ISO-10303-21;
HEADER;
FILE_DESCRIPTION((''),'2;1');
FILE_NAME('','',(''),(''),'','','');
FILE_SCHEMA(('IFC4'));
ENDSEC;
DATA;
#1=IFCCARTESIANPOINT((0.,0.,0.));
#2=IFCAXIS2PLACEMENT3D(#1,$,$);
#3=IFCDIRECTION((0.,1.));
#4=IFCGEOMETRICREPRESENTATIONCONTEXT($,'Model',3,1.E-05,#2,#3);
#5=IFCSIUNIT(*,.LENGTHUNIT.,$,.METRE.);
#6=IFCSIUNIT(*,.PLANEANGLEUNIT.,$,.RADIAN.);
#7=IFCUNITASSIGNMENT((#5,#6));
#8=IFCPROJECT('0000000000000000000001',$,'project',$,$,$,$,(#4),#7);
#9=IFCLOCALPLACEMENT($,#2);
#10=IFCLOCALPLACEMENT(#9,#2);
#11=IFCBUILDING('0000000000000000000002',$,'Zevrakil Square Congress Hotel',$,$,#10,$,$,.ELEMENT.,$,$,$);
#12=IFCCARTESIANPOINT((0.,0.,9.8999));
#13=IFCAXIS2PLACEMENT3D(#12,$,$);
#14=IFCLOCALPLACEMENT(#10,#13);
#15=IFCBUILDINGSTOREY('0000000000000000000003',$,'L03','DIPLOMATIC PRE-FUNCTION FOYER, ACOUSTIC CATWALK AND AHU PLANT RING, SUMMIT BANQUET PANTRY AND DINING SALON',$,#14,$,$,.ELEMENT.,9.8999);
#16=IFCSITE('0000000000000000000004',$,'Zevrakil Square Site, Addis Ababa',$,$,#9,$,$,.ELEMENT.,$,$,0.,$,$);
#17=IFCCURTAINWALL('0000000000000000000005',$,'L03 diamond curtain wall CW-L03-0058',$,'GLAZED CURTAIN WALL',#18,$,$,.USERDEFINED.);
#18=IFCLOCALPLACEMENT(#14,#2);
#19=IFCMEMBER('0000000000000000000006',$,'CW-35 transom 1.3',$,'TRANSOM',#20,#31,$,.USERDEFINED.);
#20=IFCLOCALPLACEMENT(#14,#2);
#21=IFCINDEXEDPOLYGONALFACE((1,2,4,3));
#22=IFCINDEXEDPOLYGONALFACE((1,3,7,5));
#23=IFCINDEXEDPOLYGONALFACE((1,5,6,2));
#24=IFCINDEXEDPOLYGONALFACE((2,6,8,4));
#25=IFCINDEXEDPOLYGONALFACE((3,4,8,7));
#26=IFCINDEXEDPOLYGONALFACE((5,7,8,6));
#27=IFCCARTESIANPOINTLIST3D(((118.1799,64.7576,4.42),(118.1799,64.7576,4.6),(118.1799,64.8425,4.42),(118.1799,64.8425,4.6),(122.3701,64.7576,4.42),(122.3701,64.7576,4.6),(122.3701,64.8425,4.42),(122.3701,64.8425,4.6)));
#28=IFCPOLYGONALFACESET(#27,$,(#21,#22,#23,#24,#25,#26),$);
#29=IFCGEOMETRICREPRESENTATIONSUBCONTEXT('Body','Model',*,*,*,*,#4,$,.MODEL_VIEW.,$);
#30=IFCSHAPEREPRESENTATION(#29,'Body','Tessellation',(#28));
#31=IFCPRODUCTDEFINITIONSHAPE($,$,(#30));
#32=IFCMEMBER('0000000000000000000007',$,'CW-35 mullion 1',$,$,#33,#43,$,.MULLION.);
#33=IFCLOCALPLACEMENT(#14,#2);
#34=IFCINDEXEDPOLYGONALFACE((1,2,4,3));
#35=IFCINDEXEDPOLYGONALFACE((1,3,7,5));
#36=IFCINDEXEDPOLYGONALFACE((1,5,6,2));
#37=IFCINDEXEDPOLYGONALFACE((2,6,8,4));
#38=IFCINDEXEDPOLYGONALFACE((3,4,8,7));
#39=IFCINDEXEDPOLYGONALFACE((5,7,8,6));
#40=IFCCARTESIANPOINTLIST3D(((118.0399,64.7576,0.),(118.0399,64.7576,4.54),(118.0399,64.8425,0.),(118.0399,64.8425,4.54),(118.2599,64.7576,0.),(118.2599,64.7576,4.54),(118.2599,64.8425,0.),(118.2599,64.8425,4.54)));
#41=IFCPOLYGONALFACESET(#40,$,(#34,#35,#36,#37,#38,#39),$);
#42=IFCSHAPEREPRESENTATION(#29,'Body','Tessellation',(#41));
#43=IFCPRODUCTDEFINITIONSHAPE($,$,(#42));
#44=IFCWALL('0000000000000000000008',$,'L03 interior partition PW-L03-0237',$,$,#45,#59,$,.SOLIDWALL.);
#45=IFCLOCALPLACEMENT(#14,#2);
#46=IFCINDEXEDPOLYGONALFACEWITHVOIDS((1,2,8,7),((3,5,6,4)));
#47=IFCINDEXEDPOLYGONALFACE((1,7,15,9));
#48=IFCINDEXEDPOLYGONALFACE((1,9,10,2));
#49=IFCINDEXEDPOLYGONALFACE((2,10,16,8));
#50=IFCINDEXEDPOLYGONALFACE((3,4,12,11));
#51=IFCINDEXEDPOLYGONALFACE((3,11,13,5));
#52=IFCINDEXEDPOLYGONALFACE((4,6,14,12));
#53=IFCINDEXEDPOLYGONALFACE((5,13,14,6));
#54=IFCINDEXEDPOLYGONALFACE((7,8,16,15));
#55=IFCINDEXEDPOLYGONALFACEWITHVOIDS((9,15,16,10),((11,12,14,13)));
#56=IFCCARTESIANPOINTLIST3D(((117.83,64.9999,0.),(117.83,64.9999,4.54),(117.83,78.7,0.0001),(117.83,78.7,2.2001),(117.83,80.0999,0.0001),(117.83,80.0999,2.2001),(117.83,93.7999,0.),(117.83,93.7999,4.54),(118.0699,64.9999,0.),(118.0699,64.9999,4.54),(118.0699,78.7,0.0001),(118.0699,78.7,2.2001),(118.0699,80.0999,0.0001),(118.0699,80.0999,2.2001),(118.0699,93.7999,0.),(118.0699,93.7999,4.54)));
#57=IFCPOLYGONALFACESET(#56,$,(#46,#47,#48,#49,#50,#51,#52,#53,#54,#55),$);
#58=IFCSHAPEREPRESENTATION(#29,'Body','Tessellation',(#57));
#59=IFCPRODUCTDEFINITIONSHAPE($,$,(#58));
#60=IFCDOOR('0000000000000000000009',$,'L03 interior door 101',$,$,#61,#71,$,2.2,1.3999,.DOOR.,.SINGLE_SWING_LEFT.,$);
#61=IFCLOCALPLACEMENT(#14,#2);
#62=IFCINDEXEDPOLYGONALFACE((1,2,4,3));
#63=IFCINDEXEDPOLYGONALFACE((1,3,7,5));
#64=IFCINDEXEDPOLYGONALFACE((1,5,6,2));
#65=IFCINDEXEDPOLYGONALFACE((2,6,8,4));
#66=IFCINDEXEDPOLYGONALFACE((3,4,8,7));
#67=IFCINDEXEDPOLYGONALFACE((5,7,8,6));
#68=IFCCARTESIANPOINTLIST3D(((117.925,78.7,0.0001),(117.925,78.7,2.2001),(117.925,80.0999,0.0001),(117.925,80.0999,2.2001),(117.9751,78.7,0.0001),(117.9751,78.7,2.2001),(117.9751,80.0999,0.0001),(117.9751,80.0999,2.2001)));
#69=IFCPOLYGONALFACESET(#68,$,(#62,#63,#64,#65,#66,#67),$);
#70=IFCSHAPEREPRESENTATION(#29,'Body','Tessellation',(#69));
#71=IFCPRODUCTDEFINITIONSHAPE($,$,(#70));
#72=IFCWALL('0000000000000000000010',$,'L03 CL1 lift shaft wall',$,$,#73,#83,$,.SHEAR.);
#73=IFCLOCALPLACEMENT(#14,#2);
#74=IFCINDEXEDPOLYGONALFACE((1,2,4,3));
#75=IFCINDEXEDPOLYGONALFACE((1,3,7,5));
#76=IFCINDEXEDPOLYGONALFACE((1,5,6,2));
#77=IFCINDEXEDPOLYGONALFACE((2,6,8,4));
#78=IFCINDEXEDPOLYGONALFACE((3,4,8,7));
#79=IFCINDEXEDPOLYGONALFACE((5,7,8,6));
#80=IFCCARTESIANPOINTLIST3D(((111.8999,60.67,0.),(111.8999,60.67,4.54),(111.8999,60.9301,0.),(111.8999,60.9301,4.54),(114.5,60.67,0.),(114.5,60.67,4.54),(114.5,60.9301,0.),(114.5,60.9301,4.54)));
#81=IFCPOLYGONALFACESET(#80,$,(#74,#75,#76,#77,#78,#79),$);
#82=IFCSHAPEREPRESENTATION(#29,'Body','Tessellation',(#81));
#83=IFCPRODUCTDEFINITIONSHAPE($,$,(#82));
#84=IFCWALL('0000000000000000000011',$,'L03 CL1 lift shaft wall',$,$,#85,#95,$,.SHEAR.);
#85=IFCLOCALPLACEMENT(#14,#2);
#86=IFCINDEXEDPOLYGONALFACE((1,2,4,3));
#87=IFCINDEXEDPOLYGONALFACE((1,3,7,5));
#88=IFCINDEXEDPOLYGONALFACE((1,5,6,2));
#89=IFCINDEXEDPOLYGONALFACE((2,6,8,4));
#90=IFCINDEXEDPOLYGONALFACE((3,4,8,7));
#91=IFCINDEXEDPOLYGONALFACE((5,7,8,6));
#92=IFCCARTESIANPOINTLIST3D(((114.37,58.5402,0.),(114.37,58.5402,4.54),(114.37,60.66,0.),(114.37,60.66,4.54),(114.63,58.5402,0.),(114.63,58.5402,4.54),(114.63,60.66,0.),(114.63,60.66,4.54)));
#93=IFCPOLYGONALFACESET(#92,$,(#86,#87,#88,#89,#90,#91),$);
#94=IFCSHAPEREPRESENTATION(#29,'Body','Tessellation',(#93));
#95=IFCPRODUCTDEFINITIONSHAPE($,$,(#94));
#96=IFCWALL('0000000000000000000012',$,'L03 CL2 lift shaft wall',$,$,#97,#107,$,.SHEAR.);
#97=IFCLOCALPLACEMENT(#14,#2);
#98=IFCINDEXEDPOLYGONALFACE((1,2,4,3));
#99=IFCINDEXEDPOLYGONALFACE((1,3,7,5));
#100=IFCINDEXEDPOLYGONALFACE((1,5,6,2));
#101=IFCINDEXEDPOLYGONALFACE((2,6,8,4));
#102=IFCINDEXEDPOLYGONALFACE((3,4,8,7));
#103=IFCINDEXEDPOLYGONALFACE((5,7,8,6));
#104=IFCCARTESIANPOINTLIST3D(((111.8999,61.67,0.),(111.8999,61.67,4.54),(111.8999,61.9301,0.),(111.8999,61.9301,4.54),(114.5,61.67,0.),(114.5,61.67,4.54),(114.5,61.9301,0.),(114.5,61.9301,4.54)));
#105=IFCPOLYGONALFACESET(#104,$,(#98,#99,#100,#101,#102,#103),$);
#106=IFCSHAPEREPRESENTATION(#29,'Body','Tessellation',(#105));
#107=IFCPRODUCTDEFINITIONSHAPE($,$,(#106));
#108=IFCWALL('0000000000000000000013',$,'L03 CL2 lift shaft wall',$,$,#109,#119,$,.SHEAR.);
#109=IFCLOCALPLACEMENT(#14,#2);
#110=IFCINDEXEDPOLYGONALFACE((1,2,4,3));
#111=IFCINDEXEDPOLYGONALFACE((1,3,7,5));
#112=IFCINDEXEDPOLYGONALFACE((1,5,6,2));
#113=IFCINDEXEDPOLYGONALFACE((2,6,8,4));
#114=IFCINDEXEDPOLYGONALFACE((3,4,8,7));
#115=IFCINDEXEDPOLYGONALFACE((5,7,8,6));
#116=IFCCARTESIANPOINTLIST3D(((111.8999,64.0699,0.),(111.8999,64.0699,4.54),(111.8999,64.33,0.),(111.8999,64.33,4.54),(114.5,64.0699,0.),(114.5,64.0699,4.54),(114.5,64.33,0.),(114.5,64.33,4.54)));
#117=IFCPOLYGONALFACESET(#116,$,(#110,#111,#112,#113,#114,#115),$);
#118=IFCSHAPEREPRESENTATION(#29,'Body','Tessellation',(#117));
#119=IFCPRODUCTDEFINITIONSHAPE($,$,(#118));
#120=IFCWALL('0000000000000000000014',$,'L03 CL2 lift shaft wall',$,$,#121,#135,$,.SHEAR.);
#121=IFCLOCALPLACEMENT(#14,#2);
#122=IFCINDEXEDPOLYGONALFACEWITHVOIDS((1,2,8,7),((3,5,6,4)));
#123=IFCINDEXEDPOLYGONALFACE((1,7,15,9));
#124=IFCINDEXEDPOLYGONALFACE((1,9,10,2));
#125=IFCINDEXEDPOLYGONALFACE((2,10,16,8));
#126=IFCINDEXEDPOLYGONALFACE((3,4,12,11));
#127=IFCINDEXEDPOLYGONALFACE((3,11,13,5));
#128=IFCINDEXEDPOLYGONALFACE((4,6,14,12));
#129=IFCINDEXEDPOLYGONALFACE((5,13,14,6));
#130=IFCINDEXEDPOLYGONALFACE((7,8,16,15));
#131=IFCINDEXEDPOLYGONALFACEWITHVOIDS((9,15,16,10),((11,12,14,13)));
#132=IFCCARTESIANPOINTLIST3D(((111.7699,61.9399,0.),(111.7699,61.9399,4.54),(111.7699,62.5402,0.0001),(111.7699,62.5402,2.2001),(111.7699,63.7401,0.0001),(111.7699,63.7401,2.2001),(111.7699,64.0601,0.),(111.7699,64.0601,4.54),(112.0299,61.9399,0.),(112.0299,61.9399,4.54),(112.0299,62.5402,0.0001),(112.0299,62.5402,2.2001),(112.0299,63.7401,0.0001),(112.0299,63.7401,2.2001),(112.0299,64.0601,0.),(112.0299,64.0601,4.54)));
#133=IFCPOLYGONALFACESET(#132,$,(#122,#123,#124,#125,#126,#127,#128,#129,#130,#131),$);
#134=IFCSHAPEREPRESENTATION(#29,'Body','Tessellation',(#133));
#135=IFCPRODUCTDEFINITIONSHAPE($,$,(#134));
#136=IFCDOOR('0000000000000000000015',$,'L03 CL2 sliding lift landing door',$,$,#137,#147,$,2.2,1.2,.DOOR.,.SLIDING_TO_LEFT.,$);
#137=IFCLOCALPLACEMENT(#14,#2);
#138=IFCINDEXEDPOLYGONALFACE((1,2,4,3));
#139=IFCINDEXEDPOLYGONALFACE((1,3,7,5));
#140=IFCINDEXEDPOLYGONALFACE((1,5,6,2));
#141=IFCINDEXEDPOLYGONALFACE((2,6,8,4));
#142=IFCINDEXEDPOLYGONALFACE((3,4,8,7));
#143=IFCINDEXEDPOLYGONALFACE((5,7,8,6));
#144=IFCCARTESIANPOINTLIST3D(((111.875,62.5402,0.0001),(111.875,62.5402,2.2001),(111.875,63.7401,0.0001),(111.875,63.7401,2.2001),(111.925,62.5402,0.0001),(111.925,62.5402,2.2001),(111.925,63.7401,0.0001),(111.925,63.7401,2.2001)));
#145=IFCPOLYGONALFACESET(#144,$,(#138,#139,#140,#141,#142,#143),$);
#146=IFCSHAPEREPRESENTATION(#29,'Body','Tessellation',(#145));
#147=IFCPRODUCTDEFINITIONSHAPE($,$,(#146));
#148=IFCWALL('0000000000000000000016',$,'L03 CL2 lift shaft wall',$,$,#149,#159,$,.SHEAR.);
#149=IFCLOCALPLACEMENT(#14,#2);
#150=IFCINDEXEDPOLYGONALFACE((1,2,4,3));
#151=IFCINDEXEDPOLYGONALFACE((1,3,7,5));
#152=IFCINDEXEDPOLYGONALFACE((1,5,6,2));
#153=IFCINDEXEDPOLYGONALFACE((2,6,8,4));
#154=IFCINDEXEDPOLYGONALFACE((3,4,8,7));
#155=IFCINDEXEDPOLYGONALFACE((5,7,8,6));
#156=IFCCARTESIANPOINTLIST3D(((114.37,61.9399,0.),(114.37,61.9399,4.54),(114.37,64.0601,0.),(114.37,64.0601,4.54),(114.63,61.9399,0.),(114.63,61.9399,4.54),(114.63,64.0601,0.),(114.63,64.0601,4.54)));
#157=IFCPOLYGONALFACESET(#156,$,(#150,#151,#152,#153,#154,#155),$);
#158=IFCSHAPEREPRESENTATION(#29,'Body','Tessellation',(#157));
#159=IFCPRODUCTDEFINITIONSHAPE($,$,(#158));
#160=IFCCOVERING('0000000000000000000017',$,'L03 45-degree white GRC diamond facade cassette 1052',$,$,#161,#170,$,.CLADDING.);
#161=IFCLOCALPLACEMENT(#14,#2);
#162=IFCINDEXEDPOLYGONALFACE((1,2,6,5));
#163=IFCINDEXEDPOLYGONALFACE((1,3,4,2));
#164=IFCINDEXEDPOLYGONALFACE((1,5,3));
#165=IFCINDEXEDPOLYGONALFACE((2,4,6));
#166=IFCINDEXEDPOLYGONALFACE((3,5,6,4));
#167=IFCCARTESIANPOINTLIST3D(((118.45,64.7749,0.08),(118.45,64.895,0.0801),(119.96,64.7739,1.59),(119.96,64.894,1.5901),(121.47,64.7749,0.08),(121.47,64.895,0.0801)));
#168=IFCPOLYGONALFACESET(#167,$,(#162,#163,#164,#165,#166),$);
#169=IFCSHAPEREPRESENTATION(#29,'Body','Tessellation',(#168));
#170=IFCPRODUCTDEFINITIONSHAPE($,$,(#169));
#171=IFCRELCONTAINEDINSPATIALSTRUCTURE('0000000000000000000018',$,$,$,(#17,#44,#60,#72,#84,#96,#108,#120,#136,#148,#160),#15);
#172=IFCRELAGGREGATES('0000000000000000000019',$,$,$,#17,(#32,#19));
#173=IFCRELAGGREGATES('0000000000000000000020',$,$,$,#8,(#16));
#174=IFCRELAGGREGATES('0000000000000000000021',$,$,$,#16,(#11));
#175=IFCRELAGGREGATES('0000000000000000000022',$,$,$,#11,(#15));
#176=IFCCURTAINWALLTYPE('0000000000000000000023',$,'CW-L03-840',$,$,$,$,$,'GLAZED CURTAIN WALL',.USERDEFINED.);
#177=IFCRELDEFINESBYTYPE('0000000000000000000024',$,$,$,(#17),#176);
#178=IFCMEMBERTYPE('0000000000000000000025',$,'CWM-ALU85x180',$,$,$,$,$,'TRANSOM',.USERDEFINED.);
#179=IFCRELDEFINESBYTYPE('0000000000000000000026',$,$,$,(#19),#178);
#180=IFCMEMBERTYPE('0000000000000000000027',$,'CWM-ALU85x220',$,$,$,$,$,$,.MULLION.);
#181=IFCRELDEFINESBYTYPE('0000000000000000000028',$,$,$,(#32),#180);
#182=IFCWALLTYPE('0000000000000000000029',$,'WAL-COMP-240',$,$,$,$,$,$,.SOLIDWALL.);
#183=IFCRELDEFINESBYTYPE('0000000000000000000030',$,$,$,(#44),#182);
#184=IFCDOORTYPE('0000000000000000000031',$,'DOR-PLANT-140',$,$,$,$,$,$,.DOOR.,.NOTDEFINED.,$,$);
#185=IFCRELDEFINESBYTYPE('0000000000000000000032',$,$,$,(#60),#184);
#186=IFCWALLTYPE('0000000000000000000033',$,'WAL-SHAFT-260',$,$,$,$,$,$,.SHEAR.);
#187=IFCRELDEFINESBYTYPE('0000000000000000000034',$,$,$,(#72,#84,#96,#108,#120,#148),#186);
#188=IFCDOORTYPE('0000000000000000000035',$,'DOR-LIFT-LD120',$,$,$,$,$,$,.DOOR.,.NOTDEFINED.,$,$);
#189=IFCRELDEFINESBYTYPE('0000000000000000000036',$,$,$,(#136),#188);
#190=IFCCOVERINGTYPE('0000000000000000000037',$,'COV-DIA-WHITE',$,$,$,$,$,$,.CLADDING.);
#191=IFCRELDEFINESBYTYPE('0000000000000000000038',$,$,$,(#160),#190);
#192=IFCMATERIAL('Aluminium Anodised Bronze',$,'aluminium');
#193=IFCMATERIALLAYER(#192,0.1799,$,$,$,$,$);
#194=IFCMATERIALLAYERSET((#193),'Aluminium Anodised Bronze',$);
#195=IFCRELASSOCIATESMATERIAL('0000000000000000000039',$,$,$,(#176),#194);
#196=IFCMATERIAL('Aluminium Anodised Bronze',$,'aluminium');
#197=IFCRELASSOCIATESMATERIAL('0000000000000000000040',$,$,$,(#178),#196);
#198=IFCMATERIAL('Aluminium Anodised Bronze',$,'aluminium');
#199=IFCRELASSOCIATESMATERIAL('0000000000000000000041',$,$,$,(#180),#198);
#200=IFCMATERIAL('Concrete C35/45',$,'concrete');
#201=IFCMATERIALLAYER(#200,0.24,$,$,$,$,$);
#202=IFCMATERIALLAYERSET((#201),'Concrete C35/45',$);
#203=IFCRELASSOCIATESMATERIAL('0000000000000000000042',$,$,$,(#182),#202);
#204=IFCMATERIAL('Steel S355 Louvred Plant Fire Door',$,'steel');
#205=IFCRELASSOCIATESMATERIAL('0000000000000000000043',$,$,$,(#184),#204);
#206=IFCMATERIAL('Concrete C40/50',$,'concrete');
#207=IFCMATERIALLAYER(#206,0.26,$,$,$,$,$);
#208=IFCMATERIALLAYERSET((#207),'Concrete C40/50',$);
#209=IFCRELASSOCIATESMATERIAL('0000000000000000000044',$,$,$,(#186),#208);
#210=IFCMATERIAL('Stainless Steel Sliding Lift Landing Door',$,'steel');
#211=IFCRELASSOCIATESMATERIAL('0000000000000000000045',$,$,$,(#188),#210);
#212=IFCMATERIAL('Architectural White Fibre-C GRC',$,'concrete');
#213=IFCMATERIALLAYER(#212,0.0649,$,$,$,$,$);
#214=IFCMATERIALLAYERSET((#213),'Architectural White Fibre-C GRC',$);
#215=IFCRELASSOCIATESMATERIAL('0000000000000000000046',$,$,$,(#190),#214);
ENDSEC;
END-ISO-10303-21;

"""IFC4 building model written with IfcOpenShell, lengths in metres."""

from ifc_helpers import new_model, si_unit, direction, frame, frame_2d, origin, origin_2d, place, context, subcontext, project, spatial, polyline, rectangle, outline, extrude, material, layer, layer_set, material_profile, profile_set, type_object, element, fill, aggregate, save


model = new_model("IFC4")

# Units and contexts
model_context = context("Model", 3, precision=1e-05, world=origin(), true_north=direction((0.0, 1.0)))
body_context = subcontext(model_context, "Body", "Model", "MODEL_VIEW")
ifc_project = project(units=[si_unit("LENGTHUNIT", "METRE"), si_unit("PLANEANGLEUNIT", "RADIAN")], contexts=[model_context])

# Site, building, storey
site_placement = place(None, origin())
site = spatial("IfcSite", under=ifc_project, at=site_placement, Name="Zevrakil Square Site, Addis Ababa", CompositionType="ELEMENT", RefElevation=0.0)
building_placement = place(site_placement, origin())
building = spatial("IfcBuilding", under=site, at=building_placement, Name="Zevrakil Square Congress Hotel", CompositionType="ELEMENT")
storey_placement = place(building_placement, frame((0.0, 0.0, 9.8999)))
storey = spatial("IfcBuildingStorey", under=building, at=storey_placement, Name="L03", Description="DIPLOMATIC PRE-FUNCTION FOYER, ACOUSTIC CATWALK AND AHU PLANT RING, SUMMIT BANQUET PANTRY AND DINING SALON", CompositionType="ELEMENT", Elevation=9.8999)

# Curtain wall, members
ifc_material_1 = material(Name="Aluminium Anodised Bronze", Category="aluminium")
ifc_layer_1 = layer(ifc_material_1, 0.1799)
ifc_layer_set_1 = layer_set([ifc_layer_1], Name="Aluminium Anodised Bronze")
curtain_wall_type = type_object("IfcCurtainWallType", Name="CW-L03-840", ElementType="GLAZED CURTAIN WALL", PredefinedType="USERDEFINED", material=ifc_layer_set_1)
curtain_wall_placement = place(storey_placement, origin())
curtain_wall = element("IfcCurtainWall", 1, at=curtain_wall_placement, inside=storey, type_object=curtain_wall_type, Name="L03 diamond curtain wall CW-L03-0058", ObjectType="GLAZED CURTAIN WALL", PredefinedType="USERDEFINED")
ifc_material_2 = material(Name="Aluminium Anodised Bronze", Category="aluminium")
ifc_material_profile_1 = material_profile(ifc_material_2, rectangle(XDim=0.085, YDim=0.1799, at=origin_2d()), Name="ALU 85x180")
ifc_profile_set_1 = profile_set([ifc_material_profile_1], Name="Aluminium Anodised Bronze")
member_type_1 = type_object("IfcMemberType", Name="CWM-ALU85x180", ElementType="TRANSOM", PredefinedType="USERDEFINED", material=ifc_profile_set_1)
member_1_placement = place(storey_placement, frame((118.1799, 64.8, 4.51), z_axis=(1.0, 0.0, 0.0), x_axis=(0.0, 1.0, 0.0)))
member_1 = element("IfcMember", 2, at=member_1_placement, type_object=member_type_1, Name="CW-35 transom 1.3", ObjectType="TRANSOM", PredefinedType="USERDEFINED", context=body_context, shape_type="SweptSolid", body=[
    extrude(rectangle(XDim=0.085, YDim=0.1799, at=origin_2d()), origin(), (0.0, 0.0, 1.0), 4.1902),
])
ifc_material_3 = material(Name="Aluminium Anodised Bronze", Category="aluminium")
ifc_material_profile_2 = material_profile(ifc_material_3, rectangle(XDim=0.085, YDim=0.22, at=origin_2d()), Name="ALU 85x220")
ifc_profile_set_2 = profile_set([ifc_material_profile_2], Name="Aluminium Anodised Bronze")
member_type_2 = type_object("IfcMemberType", Name="CWM-ALU85x220", PredefinedType="MULLION", material=ifc_profile_set_2)
member_2_placement = place(storey_placement, frame((118.1499, 64.8, 0.0), z_axis=(0.0, 0.0, 1.0), x_axis=(0.0, 1.0, 0.0)))
member_2 = element("IfcMember", 3, at=member_2_placement, type_object=member_type_2, Name="CW-35 mullion 1", PredefinedType="MULLION", context=body_context, shape_type="SweptSolid", body=[
    extrude(rectangle(XDim=0.085, YDim=0.22, at=origin_2d()), origin(), (0.0, 0.0, 1.0), 4.54),
])
aggregate(curtain_wall, [member_2, member_1])

# Wall, opening, door
ifc_material_4 = material(Name="Concrete C35/45", Category="concrete")
ifc_layer_2 = layer(ifc_material_4, 0.24)
ifc_layer_set_2 = layer_set([ifc_layer_2], Name="Concrete C35/45")
wall_type_1 = type_object("IfcWallType", Name="WAL-COMP-240", PredefinedType="SOLIDWALL", material=ifc_layer_set_2)
wall_1_placement = place(storey_placement, frame((117.95, 65.0, 0.0), z_axis=(0.0, 0.0, 1.0), x_axis=(0.0, 1.0, 0.0)))
wall_1 = element("IfcWall", 4, at=wall_1_placement, inside=storey, type_object=wall_type_1, Name="L03 interior partition PW-L03-0237", PredefinedType="SOLIDWALL", context=body_context, shape_type="SweptSolid", body=[
    extrude(rectangle(XDim=28.8, YDim=0.24, at=frame_2d((14.3999, 0.0))), origin(), (0.0, 0.0, 1.0), 4.54),
])
opening_1_placement = place(wall_1_placement, frame((13.7, 0.0, 0.0)))
opening_1 = element("IfcOpeningElement", 5, at=opening_1_placement, cuts=wall_1, PredefinedType="OPENING", context=body_context, shape_type="SweptSolid", body=[
    extrude(rectangle(XDim=1.3999, YDim=2.2, at=frame_2d((0.7, 1.1001))), frame((0.0, 0.1299, 0.0), z_axis=(0.0, -1.0, 0.0), x_axis=(1.0, 0.0, 0.0)), (0.0, 0.0, 1.0), 0.26),
])
ifc_material_5 = material(Name="Steel S355 Louvred Plant Fire Door", Category="steel")
door_type_1 = type_object("IfcDoorType", Name="DOR-PLANT-140", OperationType="NOTDEFINED", PredefinedType="DOOR", material=ifc_material_5)
door_1_placement = place(opening_1_placement, origin())
door_1 = element("IfcDoor", 6, at=door_1_placement, inside=storey, type_object=door_type_1, Name="L03 interior door 101", OperationType="SINGLE_SWING_LEFT", OverallHeight=2.2, OverallWidth=1.3999, PredefinedType="DOOR", context=body_context, shape_type="SweptSolid", body=[
    extrude(rectangle(XDim=1.3999, YDim=2.2, at=frame_2d((0.7, 1.1001))), frame((0.0, 0.0249, 0.0), z_axis=(0.0, -1.0, 0.0), x_axis=(1.0, 0.0, 0.0)), (0.0, 0.0, 1.0), 0.05),
])
fill(opening_1, door_1)

# Walls
ifc_material_6 = material(Name="Concrete C40/50", Category="concrete")
ifc_layer_3 = layer(ifc_material_6, 0.26)
ifc_layer_set_3 = layer_set([ifc_layer_3], Name="Concrete C40/50")
wall_type_2 = type_object("IfcWallType", Name="WAL-SHAFT-260", PredefinedType="SHEAR", material=ifc_layer_set_3)
wall_2_placement = place(storey_placement, frame((111.8999, 60.8, 0.0), z_axis=(0.0, 0.0, 1.0), x_axis=(1.0, 0.0, 0.0)))
element("IfcWall", 7, at=wall_2_placement, inside=storey, type_object=wall_type_2, Name="L03 CL1 lift shaft wall", PredefinedType="SHEAR", context=body_context, shape_type="SweptSolid", body=[
    extrude(rectangle(XDim=2.6001, YDim=0.26, at=frame_2d((1.3, 0.0))), origin(), (0.0, 0.0, 1.0), 4.54),
])
wall_3_placement = place(storey_placement, frame((114.5, 58.54, 0.0), z_axis=(0.0, 0.0, 1.0), x_axis=(0.0, 1.0, 0.0)))
element("IfcWall", 8, at=wall_3_placement, inside=storey, type_object=wall_type_2, Name="L03 CL1 lift shaft wall", PredefinedType="SHEAR", context=body_context, shape_type="SweptSolid", body=[
    extrude(rectangle(XDim=2.1199, YDim=0.26, at=frame_2d((1.0601, 0.0))), origin(), (0.0, 0.0, 1.0), 4.54),
])
for number, where, z_axis, x_axis, name in (
    (9, (111.8999, 61.8, 0.0), (0.0, 0.0, 1.0), (1.0, 0.0, 0.0), "L03 CL2 lift shaft wall"),
    (10, (111.8999, 64.2, 0.0), (0.0, 0.0, 1.0), (1.0, 0.0, 0.0), "L03 CL2 lift shaft wall"),
):
    element("IfcWall", number, at=place(storey_placement, frame(where, z_axis=z_axis, x_axis=x_axis)), inside=storey, type_object=wall_type_2, Name=name, PredefinedType="SHEAR", context=body_context, shape_type="SweptSolid", body=[
        extrude(rectangle(XDim=2.6001, YDim=0.26, at=frame_2d((1.3, 0.0))), origin(), (0.0, 0.0, 1.0), 4.54),
    ])

# Wall, opening, door
wall_4_placement = place(storey_placement, frame((111.8999, 61.9399, 0.0), z_axis=(0.0, 0.0, 1.0), x_axis=(0.0, 1.0, 0.0)))
wall_4 = element("IfcWall", 11, at=wall_4_placement, inside=storey, type_object=wall_type_2, Name="L03 CL2 lift shaft wall", PredefinedType="SHEAR", context=body_context, shape_type="SweptSolid", body=[
    extrude(rectangle(XDim=2.1201, YDim=0.26, at=frame_2d((1.0601, 0.0))), origin(), (0.0, 0.0, 1.0), 4.54),
])
opening_2_placement = place(wall_4_placement, frame((0.6001, 0.0, 0.0)))
opening_2 = element("IfcOpeningElement", 12, at=opening_2_placement, cuts=wall_4, PredefinedType="OPENING", context=body_context, shape_type="SweptSolid", body=[
    extrude(rectangle(XDim=1.2, YDim=2.2, at=frame_2d((0.6001, 1.1001))), frame((0.0, 0.1401, 0.0), z_axis=(0.0, -1.0, 0.0), x_axis=(1.0, 0.0, 0.0)), (0.0, 0.0, 1.0), 0.28),
])
ifc_material_7 = material(Name="Stainless Steel Sliding Lift Landing Door", Category="steel")
door_type_2 = type_object("IfcDoorType", Name="DOR-LIFT-LD120", OperationType="NOTDEFINED", PredefinedType="DOOR", material=ifc_material_7)
door_2_placement = place(opening_2_placement, origin())
door_2 = element("IfcDoor", 13, at=door_2_placement, inside=storey, type_object=door_type_2, Name="L03 CL2 sliding lift landing door", OperationType="SLIDING_TO_LEFT", OverallHeight=2.2, OverallWidth=1.2, PredefinedType="DOOR", context=body_context, shape_type="SweptSolid", body=[
    extrude(rectangle(XDim=1.2, YDim=2.2, at=frame_2d((0.6001, 1.1001))), frame((0.0, 0.0249, 0.0), z_axis=(0.0, -1.0, 0.0), x_axis=(1.0, 0.0, 0.0)), (0.0, 0.0, 1.0), 0.05),
])
fill(opening_2, door_2)

# Wall
wall_5_placement = place(storey_placement, frame((114.5, 61.9399, 0.0), z_axis=(0.0, 0.0, 1.0), x_axis=(0.0, 1.0, 0.0)))
element("IfcWall", 14, at=wall_5_placement, inside=storey, type_object=wall_type_2, Name="L03 CL2 lift shaft wall", PredefinedType="SHEAR", context=body_context, shape_type="SweptSolid", body=[
    extrude(rectangle(XDim=2.1201, YDim=0.26, at=frame_2d((1.0601, 0.0))), origin(), (0.0, 0.0, 1.0), 4.54),
])

# Covering
ifc_material_8 = material(Name="Architectural White Fibre-C GRC", Category="concrete")
ifc_layer_4 = layer(ifc_material_8, 0.0649)
ifc_layer_set_4 = layer_set([ifc_layer_4], Name="Architectural White Fibre-C GRC")
covering_type_1 = type_object("IfcCoveringType", Name="COV-DIA-WHITE", PredefinedType="CLADDING", material=ifc_layer_set_4)
covering_1_placement = place(storey_placement, frame((119.96, 64.894, 1.5901), z_axis=(0.0, 1.0, 0.000647), x_axis=(-0.707107, 0.000457, -0.707107)))
element("IfcCovering", 15, at=covering_1_placement, inside=storey, type_object=covering_type_1, Name="L03 45-degree white GRC diamond facade cassette 1052", PredefinedType="CLADDING", context=body_context, shape_type="SweptSolid", body=[
    extrude(outline(polyline([(0.0, 0.0), (2.1355, 0.0), (0.0, -2.1355), (0.0, 0.0)])), origin(), (0.0, 0.0, -1.0), 0.1201),
])

save(model, "model.ifc")
